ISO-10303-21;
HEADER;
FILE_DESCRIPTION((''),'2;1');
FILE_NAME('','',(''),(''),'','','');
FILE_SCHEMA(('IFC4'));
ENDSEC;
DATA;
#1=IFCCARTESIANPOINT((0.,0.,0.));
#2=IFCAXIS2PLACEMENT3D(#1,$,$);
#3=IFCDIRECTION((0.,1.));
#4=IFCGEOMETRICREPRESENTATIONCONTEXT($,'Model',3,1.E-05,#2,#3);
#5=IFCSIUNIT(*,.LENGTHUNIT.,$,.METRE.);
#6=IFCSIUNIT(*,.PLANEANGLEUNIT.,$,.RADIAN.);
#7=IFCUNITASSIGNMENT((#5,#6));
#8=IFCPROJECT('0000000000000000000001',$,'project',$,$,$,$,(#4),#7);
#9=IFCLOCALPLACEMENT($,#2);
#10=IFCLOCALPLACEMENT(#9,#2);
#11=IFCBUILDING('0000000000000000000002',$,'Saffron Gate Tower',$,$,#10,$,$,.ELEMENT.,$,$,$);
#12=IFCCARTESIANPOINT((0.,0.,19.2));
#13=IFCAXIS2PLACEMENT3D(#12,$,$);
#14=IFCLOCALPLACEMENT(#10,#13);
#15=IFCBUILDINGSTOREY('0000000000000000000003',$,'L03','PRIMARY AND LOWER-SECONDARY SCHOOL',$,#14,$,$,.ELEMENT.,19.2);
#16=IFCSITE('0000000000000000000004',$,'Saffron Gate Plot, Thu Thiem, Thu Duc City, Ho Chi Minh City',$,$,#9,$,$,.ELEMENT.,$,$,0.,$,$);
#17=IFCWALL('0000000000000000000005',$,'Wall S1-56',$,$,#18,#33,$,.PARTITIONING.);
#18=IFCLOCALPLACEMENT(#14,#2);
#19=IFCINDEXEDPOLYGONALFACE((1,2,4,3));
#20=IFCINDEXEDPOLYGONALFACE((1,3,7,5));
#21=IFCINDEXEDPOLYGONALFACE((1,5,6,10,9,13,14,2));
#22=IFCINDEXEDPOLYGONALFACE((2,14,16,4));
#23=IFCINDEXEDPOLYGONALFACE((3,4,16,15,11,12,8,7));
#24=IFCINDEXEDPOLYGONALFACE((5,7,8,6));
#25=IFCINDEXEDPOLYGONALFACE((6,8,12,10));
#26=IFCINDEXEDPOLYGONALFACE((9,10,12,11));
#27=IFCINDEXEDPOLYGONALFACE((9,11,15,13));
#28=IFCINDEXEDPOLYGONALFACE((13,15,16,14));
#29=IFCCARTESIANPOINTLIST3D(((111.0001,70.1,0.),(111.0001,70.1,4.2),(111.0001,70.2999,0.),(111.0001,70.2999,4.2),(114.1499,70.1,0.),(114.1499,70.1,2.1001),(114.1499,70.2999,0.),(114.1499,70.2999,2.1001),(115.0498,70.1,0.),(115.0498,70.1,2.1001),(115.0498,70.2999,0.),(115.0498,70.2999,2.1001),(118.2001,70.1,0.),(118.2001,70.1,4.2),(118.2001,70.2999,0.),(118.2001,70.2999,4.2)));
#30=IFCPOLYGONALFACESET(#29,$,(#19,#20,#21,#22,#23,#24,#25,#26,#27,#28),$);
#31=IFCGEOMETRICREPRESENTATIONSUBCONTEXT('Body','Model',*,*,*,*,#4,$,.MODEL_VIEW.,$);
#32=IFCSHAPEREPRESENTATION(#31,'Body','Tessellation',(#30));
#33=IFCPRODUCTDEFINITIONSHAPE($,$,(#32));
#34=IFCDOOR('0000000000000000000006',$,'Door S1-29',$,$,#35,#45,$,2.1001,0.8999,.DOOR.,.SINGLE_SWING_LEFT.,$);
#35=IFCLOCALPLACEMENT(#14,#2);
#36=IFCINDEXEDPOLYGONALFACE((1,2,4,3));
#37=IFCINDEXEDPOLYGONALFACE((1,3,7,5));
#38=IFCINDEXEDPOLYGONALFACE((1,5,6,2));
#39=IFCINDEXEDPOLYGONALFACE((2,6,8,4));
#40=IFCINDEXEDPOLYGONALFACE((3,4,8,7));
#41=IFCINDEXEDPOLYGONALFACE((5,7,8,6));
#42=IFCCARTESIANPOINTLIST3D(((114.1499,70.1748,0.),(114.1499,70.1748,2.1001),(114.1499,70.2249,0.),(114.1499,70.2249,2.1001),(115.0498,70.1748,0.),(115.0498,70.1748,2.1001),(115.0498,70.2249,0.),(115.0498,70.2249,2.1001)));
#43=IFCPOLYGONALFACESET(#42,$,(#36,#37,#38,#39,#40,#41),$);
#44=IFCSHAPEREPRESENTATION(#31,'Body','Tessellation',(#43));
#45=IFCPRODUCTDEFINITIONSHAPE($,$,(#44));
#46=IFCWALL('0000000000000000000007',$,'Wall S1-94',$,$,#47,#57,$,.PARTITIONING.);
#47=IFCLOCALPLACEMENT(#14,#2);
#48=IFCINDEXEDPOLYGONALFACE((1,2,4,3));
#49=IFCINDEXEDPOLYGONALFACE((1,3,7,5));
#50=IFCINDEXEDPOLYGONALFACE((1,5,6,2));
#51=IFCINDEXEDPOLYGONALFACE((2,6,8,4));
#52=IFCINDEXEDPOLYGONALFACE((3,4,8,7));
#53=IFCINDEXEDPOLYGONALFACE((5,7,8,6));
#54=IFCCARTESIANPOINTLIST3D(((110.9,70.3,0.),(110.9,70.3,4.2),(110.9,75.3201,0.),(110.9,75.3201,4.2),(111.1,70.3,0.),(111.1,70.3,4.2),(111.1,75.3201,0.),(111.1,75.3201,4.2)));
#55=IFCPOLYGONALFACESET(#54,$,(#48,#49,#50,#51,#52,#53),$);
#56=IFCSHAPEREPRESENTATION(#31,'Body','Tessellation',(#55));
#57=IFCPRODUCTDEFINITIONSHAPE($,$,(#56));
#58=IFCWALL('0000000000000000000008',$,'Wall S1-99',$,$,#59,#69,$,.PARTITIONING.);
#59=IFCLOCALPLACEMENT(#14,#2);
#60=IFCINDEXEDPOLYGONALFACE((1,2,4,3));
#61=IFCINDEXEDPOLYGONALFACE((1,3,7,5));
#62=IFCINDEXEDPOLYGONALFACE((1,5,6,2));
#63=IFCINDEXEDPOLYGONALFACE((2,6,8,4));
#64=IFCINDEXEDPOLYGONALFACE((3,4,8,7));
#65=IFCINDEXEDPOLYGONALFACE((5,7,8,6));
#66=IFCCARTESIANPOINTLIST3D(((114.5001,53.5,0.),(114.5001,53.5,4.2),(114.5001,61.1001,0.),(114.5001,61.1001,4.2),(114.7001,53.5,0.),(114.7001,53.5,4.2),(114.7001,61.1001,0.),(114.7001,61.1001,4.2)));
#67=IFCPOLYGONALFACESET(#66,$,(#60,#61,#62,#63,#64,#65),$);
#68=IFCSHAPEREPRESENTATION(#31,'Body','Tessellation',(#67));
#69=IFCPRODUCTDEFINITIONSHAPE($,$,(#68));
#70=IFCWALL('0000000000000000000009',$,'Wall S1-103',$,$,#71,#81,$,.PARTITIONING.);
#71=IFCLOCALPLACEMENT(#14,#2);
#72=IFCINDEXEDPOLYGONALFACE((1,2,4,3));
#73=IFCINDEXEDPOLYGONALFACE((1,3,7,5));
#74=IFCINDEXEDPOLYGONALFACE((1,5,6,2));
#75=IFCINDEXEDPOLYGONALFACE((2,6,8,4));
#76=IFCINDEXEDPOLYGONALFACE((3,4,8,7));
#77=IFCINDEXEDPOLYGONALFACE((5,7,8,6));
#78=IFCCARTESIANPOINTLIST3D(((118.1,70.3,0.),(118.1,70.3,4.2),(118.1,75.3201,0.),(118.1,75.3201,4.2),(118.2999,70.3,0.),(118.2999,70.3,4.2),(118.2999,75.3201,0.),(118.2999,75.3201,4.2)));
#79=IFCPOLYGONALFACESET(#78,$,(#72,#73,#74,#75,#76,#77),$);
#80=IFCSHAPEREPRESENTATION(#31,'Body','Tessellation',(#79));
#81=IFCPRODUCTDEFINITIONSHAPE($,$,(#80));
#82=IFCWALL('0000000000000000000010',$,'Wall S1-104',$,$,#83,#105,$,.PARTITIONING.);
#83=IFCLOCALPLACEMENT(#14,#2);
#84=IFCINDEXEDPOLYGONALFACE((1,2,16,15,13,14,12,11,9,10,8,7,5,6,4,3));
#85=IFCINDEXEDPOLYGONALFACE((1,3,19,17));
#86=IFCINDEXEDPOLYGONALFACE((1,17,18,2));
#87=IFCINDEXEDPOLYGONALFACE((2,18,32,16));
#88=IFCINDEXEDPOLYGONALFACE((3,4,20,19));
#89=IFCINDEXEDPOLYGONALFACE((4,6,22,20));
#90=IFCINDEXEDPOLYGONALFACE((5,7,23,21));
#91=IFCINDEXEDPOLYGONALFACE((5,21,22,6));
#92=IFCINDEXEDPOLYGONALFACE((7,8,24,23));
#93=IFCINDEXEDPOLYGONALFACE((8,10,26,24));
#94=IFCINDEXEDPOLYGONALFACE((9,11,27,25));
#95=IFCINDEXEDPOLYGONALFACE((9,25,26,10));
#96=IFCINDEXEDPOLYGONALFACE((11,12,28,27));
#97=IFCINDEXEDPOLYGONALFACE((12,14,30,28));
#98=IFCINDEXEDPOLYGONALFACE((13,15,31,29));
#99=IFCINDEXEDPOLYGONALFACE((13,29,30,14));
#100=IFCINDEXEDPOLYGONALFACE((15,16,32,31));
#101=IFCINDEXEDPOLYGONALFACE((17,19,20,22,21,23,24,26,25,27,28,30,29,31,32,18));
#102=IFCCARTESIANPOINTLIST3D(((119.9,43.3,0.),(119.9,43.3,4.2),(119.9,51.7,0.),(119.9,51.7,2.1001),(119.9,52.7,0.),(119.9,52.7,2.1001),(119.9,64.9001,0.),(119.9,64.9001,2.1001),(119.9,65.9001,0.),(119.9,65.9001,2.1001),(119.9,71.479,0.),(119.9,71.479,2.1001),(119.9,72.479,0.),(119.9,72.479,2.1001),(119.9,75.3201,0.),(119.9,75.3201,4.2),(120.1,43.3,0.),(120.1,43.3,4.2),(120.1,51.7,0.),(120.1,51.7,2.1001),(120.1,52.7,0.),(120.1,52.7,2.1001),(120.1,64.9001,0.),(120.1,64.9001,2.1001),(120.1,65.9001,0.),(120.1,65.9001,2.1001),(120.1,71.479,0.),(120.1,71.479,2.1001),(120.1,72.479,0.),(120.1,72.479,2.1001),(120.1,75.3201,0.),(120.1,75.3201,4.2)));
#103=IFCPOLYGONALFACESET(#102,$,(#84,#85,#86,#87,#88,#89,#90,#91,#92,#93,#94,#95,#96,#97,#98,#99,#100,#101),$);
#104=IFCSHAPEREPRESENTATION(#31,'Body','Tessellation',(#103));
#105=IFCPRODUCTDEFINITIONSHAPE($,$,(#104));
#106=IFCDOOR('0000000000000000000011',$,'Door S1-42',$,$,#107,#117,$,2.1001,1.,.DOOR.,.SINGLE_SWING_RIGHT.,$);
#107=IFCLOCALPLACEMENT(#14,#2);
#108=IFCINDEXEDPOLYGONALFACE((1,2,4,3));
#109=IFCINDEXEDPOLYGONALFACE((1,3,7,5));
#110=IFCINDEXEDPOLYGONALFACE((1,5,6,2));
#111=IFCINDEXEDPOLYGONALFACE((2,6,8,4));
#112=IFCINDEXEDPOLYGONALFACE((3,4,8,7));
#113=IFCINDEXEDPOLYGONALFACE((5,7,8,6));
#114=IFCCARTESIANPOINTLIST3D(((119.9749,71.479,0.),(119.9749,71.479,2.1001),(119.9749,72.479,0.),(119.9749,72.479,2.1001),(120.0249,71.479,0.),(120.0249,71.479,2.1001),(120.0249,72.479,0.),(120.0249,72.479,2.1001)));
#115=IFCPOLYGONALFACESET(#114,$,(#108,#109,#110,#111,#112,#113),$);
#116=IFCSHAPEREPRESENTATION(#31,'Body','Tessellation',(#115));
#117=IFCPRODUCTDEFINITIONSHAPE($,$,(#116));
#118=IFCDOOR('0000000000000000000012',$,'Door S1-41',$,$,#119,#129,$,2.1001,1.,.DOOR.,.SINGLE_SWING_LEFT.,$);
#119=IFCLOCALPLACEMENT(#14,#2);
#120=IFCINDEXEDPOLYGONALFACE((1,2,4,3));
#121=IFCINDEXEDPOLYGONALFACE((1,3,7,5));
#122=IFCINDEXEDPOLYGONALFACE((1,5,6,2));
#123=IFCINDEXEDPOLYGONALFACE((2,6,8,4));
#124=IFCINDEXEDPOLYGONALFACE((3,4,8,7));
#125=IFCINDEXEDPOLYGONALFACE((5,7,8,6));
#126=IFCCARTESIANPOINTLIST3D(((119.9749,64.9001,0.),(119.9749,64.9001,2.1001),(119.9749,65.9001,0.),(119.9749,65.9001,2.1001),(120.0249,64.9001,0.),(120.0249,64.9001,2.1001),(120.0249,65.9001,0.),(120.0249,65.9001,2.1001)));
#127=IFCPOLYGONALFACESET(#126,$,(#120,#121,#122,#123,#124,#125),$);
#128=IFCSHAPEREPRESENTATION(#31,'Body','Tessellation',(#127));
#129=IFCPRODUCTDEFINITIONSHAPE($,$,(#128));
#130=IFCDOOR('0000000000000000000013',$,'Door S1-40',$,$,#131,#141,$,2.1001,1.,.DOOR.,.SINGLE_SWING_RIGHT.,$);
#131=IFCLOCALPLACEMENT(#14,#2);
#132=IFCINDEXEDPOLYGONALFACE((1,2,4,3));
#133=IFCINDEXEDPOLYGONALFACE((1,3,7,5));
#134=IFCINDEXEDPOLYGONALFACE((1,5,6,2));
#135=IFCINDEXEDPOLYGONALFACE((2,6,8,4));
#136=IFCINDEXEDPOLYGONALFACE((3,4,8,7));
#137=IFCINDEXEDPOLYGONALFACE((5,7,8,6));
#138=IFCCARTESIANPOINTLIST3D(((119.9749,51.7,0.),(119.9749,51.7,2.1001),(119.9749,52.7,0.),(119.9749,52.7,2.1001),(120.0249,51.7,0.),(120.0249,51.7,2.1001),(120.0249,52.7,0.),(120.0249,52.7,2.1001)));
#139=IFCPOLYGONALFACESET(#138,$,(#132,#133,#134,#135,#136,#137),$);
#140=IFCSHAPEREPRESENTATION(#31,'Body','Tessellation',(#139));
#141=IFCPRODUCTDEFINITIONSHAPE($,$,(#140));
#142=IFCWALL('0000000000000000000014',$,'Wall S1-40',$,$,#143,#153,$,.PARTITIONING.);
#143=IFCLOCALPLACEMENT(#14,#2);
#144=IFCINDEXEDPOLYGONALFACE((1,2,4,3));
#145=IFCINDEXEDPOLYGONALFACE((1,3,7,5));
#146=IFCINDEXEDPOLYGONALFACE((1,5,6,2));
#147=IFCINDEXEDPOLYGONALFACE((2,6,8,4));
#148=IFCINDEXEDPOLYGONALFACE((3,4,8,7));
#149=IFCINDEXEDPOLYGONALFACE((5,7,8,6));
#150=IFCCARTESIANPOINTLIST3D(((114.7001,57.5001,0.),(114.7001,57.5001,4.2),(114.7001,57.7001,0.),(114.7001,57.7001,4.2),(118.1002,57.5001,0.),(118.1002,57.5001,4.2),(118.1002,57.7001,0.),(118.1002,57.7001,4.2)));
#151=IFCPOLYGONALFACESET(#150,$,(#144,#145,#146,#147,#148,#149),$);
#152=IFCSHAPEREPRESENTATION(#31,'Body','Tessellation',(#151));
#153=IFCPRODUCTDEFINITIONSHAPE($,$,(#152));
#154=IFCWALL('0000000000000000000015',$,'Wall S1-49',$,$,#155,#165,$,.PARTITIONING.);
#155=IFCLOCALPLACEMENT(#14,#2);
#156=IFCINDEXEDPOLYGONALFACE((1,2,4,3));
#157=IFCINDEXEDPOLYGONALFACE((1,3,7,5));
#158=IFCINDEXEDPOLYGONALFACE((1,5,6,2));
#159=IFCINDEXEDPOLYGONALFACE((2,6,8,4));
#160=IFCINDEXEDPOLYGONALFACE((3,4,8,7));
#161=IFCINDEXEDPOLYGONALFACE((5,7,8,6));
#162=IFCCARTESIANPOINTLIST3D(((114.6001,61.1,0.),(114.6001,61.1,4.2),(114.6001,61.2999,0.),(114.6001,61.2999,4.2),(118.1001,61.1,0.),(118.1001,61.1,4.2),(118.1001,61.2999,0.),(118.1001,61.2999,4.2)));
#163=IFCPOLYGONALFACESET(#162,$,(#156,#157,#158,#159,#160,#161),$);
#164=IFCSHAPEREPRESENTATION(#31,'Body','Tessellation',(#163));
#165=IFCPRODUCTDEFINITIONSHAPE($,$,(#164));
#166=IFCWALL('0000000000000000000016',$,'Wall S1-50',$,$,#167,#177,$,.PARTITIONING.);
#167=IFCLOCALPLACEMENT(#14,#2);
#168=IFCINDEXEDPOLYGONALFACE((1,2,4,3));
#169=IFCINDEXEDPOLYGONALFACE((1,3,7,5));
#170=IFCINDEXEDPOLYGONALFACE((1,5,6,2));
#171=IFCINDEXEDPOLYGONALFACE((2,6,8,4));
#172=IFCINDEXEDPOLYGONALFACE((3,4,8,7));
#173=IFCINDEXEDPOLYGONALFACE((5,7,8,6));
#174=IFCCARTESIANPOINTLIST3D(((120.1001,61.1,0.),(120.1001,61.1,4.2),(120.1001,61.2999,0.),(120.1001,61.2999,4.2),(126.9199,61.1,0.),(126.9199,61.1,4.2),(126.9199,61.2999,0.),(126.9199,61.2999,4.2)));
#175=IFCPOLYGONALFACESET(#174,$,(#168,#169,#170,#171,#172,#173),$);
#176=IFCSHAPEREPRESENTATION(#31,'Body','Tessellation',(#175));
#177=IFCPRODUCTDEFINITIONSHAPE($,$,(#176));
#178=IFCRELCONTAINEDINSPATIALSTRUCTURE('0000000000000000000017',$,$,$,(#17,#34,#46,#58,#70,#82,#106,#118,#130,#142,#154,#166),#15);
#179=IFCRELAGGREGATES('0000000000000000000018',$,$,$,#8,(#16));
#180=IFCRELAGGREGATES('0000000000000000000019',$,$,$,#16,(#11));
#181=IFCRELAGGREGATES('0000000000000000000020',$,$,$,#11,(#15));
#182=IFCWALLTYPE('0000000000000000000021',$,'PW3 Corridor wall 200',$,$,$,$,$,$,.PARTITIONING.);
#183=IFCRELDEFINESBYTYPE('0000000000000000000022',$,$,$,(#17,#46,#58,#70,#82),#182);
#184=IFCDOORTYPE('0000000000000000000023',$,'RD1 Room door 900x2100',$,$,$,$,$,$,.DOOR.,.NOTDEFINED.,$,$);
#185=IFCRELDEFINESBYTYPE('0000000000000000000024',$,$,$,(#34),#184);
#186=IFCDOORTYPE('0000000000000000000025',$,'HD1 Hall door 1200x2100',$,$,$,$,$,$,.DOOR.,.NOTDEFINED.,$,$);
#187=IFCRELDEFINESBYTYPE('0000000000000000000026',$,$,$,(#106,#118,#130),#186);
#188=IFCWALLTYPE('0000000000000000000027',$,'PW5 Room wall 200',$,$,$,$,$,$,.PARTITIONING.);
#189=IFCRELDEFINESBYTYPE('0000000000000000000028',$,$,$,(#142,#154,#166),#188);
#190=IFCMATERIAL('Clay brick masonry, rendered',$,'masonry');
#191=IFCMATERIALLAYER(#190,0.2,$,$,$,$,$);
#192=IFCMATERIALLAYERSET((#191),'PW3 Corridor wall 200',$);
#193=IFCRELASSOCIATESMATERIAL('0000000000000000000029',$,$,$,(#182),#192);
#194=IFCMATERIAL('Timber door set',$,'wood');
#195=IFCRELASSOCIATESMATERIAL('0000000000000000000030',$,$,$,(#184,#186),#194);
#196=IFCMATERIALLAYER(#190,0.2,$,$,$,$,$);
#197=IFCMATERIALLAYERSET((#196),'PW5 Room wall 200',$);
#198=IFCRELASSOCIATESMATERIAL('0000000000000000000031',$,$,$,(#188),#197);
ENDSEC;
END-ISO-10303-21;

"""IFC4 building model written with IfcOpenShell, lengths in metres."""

from ifc_helpers import new_model, si_unit, direction, frame, frame_2d, origin, place, context, subcontext, project, spatial, rectangle, extrude, material, layer, layer_set, type_object, element, fill, save


model = new_model("IFC4")

# Units and contexts
model_context = context("Model", 3, precision=1e-05, world=origin(), true_north=direction((0.0, 1.0)))
body_context = subcontext(model_context, "Body", "Model", "MODEL_VIEW")
ifc_project = project(units=[si_unit("LENGTHUNIT", "METRE"), si_unit("PLANEANGLEUNIT", "RADIAN")], contexts=[model_context])

# Site, building, storey
site_placement = place(None, origin())
site = spatial("IfcSite", under=ifc_project, at=site_placement, Name="Saffron Gate Plot, Thu Thiem, Thu Duc City, Ho Chi Minh City", CompositionType="ELEMENT", RefElevation=0.0)
building_placement = place(site_placement, origin())
building = spatial("IfcBuilding", under=site, at=building_placement, Name="Saffron Gate Tower", CompositionType="ELEMENT")
storey_placement = place(building_placement, frame((0.0, 0.0, 19.2)))
storey = spatial("IfcBuildingStorey", under=building, at=storey_placement, Name="L03", Description="PRIMARY AND LOWER-SECONDARY SCHOOL", CompositionType="ELEMENT", Elevation=19.2)

# Shared definitions
ifc_material_1 = material(Name="Clay brick masonry, rendered", Category="masonry")
ifc_layer_1 = layer(ifc_material_1, 0.2)
ifc_layer_set_1 = layer_set([ifc_layer_1], Name="PW3 Corridor wall 200")
wall_type_1 = type_object("IfcWallType", Name="PW3 Corridor wall 200", PredefinedType="PARTITIONING", material=ifc_layer_set_1)

# Wall, opening, door
wall_1_placement = place(storey_placement, frame((111.0, 70.2, 0.0), z_axis=(0.0, 0.0, 1.0), x_axis=(1.0, 0.0, 0.0)))
wall_1 = element("IfcWall", 1, at=wall_1_placement, inside=storey, type_object=wall_type_1, Name="Wall S1-56", PredefinedType="PARTITIONING", context=body_context, shape_type="SweptSolid", body=[
    extrude(rectangle(XDim=7.2, YDim=0.2, at=frame_2d((3.6001, 0.0))), origin(), (0.0, 0.0, 1.0), 4.2),
])
opening_1_placement = place(wall_1_placement, frame((3.1499, 0.0, 0.0)))
opening_1 = element("IfcOpeningElement", 2, at=opening_1_placement, cuts=wall_1, PredefinedType="OPENING", context=body_context, shape_type="SweptSolid", body=[
    extrude(rectangle(XDim=0.8999, YDim=2.1001, at=frame_2d((0.45, 1.05))), frame((0.0, 0.1099, 0.0), z_axis=(0.0, -1.0, 0.0), x_axis=(1.0, 0.0, 0.0)), (0.0, 0.0, 1.0), 0.22),
])
ifc_material_2 = material(Name="Timber door set", Category="wood")
door_type_1 = type_object("IfcDoorType", Name="RD1 Room door 900x2100", OperationType="NOTDEFINED", PredefinedType="DOOR", material=ifc_material_2)
door_1_placement = place(opening_1_placement, origin())
door_1 = element("IfcDoor", 3, at=door_1_placement, inside=storey, type_object=door_type_1, Name="Door S1-29", OperationType="SINGLE_SWING_LEFT", OverallHeight=2.1001, OverallWidth=0.8999, PredefinedType="DOOR", context=body_context, shape_type="SweptSolid", body=[
    extrude(rectangle(XDim=0.8999, YDim=2.1001, at=frame_2d((0.45, 1.05))), frame((0.0, 0.0249, 0.0), z_axis=(0.0, -1.0, 0.0), x_axis=(1.0, 0.0, 0.0)), (0.0, 0.0, 1.0), 0.05),
])
fill(opening_1, door_1)

# Walls
wall_2_placement = place(storey_placement, frame((111.0, 75.3201, 0.0), z_axis=(0.0, 0.0, 1.0), x_axis=(0.0, -1.0, 0.0)))
element("IfcWall", 4, at=wall_2_placement, inside=storey, type_object=wall_type_1, Name="Wall S1-94", PredefinedType="PARTITIONING", context=body_context, shape_type="SweptSolid", body=[
    extrude(rectangle(XDim=5.02, YDim=0.2, at=frame_2d((2.51, 0.0))), origin(), (0.0, 0.0, 1.0), 4.2),
])
wall_3_placement = place(storey_placement, frame((114.6001, 61.1001, 0.0), z_axis=(0.0, 0.0, 1.0), x_axis=(0.0, -1.0, 0.0)))
element("IfcWall", 5, at=wall_3_placement, inside=storey, type_object=wall_type_1, Name="Wall S1-99", PredefinedType="PARTITIONING", context=body_context, shape_type="SweptSolid", body=[
    extrude(rectangle(XDim=7.6001, YDim=0.2, at=frame_2d((3.8, 0.0))), origin(), (0.0, 0.0, 1.0), 4.2),
])
wall_4_placement = place(storey_placement, frame((118.2, 75.3201, 0.0), z_axis=(0.0, 0.0, 1.0), x_axis=(0.0, -1.0, 0.0)))
element("IfcWall", 6, at=wall_4_placement, inside=storey, type_object=wall_type_1, Name="Wall S1-103", PredefinedType="PARTITIONING", context=body_context, shape_type="SweptSolid", body=[
    extrude(rectangle(XDim=5.02, YDim=0.2, at=frame_2d((2.51, 0.0))), origin(), (0.0, 0.0, 1.0), 4.2),
])

# Wall, openings, doors
wall_5_placement = place(storey_placement, frame((120.0, 75.3201, 0.0), z_axis=(0.0, 0.0, 1.0), x_axis=(0.0, -1.0, 0.0)))
wall_5 = element("IfcWall", 7, at=wall_5_placement, inside=storey, type_object=wall_type_1, Name="Wall S1-104", PredefinedType="PARTITIONING", context=body_context, shape_type="SweptSolid", body=[
    extrude(rectangle(XDim=32.02, YDim=0.2, at=frame_2d((16.01, 0.0))), origin(), (0.0, 0.0, 1.0), 4.2),
])
opening_2_placement = place(wall_5_placement, frame((2.8411, 0.0, 0.0)))
opening_2 = element("IfcOpeningElement", 8, at=opening_2_placement, cuts=wall_5, PredefinedType="OPENING", context=body_context, shape_type="SweptSolid", body=[
    extrude(rectangle(XDim=1.0, YDim=2.1001, at=frame_2d((0.5, 1.05))), frame((0.0, 0.1099, 0.0), z_axis=(0.0, -1.0, 0.0), x_axis=(1.0, 0.0, 0.0)), (0.0, 0.0, 1.0), 0.22),
])
opening_3_placement = place(wall_5_placement, frame((9.4199, 0.0, 0.0)))
opening_3 = element("IfcOpeningElement", 9, at=opening_3_placement, cuts=wall_5, PredefinedType="OPENING", context=body_context, shape_type="SweptSolid", body=[
    extrude(rectangle(XDim=1.0, YDim=2.1001, at=frame_2d((0.5, 1.05))), frame((0.0, 0.1099, 0.0), z_axis=(0.0, -1.0, 0.0), x_axis=(1.0, 0.0, 0.0)), (0.0, 0.0, 1.0), 0.22),
])
opening_4_placement = place(wall_5_placement, frame((22.6201, 0.0, 0.0)))
opening_4 = element("IfcOpeningElement", 10, at=opening_4_placement, cuts=wall_5, PredefinedType="OPENING", context=body_context, shape_type="SweptSolid", body=[
    extrude(rectangle(XDim=1.0, YDim=2.1001, at=frame_2d((0.5, 1.05))), frame((0.0, 0.1099, 0.0), z_axis=(0.0, -1.0, 0.0), x_axis=(1.0, 0.0, 0.0)), (0.0, 0.0, 1.0), 0.22),
])
door_type_2 = type_object("IfcDoorType", Name="HD1 Hall door 1200x2100", OperationType="NOTDEFINED", PredefinedType="DOOR", material=ifc_material_2)
door_2_placement = place(opening_2_placement, origin())
door_2 = element("IfcDoor", 11, at=door_2_placement, inside=storey, type_object=door_type_2, Name="Door S1-42", OperationType="SINGLE_SWING_RIGHT", OverallHeight=2.1001, OverallWidth=1.0, PredefinedType="DOOR", context=body_context, shape_type="SweptSolid", body=[
    extrude(rectangle(XDim=1.0, YDim=2.1001, at=frame_2d((0.5, 1.05))), frame((0.0, 0.0249, 0.0), z_axis=(0.0, -1.0, 0.0), x_axis=(1.0, 0.0, 0.0)), (0.0, 0.0, 1.0), 0.05),
])
fill(opening_2, door_2)
door_3_placement = place(opening_3_placement, origin())
door_3 = element("IfcDoor", 12, at=door_3_placement, inside=storey, type_object=door_type_2, Name="Door S1-41", OperationType="SINGLE_SWING_LEFT", OverallHeight=2.1001, OverallWidth=1.0, PredefinedType="DOOR", context=body_context, shape_type="SweptSolid", body=[
    extrude(rectangle(XDim=1.0, YDim=2.1001, at=frame_2d((0.5, 1.05))), frame((0.0, 0.0249, 0.0), z_axis=(0.0, -1.0, 0.0), x_axis=(1.0, 0.0, 0.0)), (0.0, 0.0, 1.0), 0.05),
])
fill(opening_3, door_3)
door_4_placement = place(opening_4_placement, origin())
door_4 = element("IfcDoor", 13, at=door_4_placement, inside=storey, type_object=door_type_2, Name="Door S1-40", OperationType="SINGLE_SWING_RIGHT", OverallHeight=2.1001, OverallWidth=1.0, PredefinedType="DOOR", context=body_context, shape_type="SweptSolid", body=[
    extrude(rectangle(XDim=1.0, YDim=2.1001, at=frame_2d((0.5, 1.05))), frame((0.0, 0.0249, 0.0), z_axis=(0.0, -1.0, 0.0), x_axis=(1.0, 0.0, 0.0)), (0.0, 0.0, 1.0), 0.05),
])
fill(opening_4, door_4)

# Walls
ifc_layer_2 = layer(ifc_material_1, 0.2)
ifc_layer_set_2 = layer_set([ifc_layer_2], Name="PW5 Room wall 200")
wall_type_2 = type_object("IfcWallType", Name="PW5 Room wall 200", PredefinedType="PARTITIONING", material=ifc_layer_set_2)
wall_6_placement = place(storey_placement, frame((114.7, 57.6001, 0.0), z_axis=(0.0, 0.0, 1.0), x_axis=(1.0, 0.0, 0.0)))
element("IfcWall", 14, at=wall_6_placement, inside=storey, type_object=wall_type_2, Name="Wall S1-40", PredefinedType="PARTITIONING", context=body_context, shape_type="SweptSolid", body=[
    extrude(rectangle(XDim=3.4001, YDim=0.2, at=frame_2d((1.7002, 0.0))), origin(), (0.0, 0.0, 1.0), 4.2),
])
wall_7_placement = place(storey_placement, frame((114.6001, 61.2, 0.0), z_axis=(0.0, 0.0, 1.0), x_axis=(1.0, 0.0, 0.0)))
element("IfcWall", 15, at=wall_7_placement, inside=storey, type_object=wall_type_2, Name="Wall S1-49", PredefinedType="PARTITIONING", context=body_context, shape_type="SweptSolid", body=[
    extrude(rectangle(XDim=3.5, YDim=0.2, at=frame_2d((1.75, 0.0))), origin(), (0.0, 0.0, 1.0), 4.2),
])
for number, where, z_axis, x_axis, name in (
    (16, (120.1001, 61.2, 0.0), (0.0, 0.0, 1.0), (1.0, 0.0, 0.0), "Wall S1-50"),
):
    element("IfcWall", number, at=place(storey_placement, frame(where, z_axis=z_axis, x_axis=x_axis)), inside=storey, type_object=wall_type_2, Name=name, PredefinedType="PARTITIONING", context=body_context, shape_type="SweptSolid", body=[
        extrude(rectangle(XDim=6.8198, YDim=0.2, at=frame_2d((3.4099, 0.0))), origin(), (0.0, 0.0, 1.0), 4.2),
    ])

save(model, "model.ifc")
